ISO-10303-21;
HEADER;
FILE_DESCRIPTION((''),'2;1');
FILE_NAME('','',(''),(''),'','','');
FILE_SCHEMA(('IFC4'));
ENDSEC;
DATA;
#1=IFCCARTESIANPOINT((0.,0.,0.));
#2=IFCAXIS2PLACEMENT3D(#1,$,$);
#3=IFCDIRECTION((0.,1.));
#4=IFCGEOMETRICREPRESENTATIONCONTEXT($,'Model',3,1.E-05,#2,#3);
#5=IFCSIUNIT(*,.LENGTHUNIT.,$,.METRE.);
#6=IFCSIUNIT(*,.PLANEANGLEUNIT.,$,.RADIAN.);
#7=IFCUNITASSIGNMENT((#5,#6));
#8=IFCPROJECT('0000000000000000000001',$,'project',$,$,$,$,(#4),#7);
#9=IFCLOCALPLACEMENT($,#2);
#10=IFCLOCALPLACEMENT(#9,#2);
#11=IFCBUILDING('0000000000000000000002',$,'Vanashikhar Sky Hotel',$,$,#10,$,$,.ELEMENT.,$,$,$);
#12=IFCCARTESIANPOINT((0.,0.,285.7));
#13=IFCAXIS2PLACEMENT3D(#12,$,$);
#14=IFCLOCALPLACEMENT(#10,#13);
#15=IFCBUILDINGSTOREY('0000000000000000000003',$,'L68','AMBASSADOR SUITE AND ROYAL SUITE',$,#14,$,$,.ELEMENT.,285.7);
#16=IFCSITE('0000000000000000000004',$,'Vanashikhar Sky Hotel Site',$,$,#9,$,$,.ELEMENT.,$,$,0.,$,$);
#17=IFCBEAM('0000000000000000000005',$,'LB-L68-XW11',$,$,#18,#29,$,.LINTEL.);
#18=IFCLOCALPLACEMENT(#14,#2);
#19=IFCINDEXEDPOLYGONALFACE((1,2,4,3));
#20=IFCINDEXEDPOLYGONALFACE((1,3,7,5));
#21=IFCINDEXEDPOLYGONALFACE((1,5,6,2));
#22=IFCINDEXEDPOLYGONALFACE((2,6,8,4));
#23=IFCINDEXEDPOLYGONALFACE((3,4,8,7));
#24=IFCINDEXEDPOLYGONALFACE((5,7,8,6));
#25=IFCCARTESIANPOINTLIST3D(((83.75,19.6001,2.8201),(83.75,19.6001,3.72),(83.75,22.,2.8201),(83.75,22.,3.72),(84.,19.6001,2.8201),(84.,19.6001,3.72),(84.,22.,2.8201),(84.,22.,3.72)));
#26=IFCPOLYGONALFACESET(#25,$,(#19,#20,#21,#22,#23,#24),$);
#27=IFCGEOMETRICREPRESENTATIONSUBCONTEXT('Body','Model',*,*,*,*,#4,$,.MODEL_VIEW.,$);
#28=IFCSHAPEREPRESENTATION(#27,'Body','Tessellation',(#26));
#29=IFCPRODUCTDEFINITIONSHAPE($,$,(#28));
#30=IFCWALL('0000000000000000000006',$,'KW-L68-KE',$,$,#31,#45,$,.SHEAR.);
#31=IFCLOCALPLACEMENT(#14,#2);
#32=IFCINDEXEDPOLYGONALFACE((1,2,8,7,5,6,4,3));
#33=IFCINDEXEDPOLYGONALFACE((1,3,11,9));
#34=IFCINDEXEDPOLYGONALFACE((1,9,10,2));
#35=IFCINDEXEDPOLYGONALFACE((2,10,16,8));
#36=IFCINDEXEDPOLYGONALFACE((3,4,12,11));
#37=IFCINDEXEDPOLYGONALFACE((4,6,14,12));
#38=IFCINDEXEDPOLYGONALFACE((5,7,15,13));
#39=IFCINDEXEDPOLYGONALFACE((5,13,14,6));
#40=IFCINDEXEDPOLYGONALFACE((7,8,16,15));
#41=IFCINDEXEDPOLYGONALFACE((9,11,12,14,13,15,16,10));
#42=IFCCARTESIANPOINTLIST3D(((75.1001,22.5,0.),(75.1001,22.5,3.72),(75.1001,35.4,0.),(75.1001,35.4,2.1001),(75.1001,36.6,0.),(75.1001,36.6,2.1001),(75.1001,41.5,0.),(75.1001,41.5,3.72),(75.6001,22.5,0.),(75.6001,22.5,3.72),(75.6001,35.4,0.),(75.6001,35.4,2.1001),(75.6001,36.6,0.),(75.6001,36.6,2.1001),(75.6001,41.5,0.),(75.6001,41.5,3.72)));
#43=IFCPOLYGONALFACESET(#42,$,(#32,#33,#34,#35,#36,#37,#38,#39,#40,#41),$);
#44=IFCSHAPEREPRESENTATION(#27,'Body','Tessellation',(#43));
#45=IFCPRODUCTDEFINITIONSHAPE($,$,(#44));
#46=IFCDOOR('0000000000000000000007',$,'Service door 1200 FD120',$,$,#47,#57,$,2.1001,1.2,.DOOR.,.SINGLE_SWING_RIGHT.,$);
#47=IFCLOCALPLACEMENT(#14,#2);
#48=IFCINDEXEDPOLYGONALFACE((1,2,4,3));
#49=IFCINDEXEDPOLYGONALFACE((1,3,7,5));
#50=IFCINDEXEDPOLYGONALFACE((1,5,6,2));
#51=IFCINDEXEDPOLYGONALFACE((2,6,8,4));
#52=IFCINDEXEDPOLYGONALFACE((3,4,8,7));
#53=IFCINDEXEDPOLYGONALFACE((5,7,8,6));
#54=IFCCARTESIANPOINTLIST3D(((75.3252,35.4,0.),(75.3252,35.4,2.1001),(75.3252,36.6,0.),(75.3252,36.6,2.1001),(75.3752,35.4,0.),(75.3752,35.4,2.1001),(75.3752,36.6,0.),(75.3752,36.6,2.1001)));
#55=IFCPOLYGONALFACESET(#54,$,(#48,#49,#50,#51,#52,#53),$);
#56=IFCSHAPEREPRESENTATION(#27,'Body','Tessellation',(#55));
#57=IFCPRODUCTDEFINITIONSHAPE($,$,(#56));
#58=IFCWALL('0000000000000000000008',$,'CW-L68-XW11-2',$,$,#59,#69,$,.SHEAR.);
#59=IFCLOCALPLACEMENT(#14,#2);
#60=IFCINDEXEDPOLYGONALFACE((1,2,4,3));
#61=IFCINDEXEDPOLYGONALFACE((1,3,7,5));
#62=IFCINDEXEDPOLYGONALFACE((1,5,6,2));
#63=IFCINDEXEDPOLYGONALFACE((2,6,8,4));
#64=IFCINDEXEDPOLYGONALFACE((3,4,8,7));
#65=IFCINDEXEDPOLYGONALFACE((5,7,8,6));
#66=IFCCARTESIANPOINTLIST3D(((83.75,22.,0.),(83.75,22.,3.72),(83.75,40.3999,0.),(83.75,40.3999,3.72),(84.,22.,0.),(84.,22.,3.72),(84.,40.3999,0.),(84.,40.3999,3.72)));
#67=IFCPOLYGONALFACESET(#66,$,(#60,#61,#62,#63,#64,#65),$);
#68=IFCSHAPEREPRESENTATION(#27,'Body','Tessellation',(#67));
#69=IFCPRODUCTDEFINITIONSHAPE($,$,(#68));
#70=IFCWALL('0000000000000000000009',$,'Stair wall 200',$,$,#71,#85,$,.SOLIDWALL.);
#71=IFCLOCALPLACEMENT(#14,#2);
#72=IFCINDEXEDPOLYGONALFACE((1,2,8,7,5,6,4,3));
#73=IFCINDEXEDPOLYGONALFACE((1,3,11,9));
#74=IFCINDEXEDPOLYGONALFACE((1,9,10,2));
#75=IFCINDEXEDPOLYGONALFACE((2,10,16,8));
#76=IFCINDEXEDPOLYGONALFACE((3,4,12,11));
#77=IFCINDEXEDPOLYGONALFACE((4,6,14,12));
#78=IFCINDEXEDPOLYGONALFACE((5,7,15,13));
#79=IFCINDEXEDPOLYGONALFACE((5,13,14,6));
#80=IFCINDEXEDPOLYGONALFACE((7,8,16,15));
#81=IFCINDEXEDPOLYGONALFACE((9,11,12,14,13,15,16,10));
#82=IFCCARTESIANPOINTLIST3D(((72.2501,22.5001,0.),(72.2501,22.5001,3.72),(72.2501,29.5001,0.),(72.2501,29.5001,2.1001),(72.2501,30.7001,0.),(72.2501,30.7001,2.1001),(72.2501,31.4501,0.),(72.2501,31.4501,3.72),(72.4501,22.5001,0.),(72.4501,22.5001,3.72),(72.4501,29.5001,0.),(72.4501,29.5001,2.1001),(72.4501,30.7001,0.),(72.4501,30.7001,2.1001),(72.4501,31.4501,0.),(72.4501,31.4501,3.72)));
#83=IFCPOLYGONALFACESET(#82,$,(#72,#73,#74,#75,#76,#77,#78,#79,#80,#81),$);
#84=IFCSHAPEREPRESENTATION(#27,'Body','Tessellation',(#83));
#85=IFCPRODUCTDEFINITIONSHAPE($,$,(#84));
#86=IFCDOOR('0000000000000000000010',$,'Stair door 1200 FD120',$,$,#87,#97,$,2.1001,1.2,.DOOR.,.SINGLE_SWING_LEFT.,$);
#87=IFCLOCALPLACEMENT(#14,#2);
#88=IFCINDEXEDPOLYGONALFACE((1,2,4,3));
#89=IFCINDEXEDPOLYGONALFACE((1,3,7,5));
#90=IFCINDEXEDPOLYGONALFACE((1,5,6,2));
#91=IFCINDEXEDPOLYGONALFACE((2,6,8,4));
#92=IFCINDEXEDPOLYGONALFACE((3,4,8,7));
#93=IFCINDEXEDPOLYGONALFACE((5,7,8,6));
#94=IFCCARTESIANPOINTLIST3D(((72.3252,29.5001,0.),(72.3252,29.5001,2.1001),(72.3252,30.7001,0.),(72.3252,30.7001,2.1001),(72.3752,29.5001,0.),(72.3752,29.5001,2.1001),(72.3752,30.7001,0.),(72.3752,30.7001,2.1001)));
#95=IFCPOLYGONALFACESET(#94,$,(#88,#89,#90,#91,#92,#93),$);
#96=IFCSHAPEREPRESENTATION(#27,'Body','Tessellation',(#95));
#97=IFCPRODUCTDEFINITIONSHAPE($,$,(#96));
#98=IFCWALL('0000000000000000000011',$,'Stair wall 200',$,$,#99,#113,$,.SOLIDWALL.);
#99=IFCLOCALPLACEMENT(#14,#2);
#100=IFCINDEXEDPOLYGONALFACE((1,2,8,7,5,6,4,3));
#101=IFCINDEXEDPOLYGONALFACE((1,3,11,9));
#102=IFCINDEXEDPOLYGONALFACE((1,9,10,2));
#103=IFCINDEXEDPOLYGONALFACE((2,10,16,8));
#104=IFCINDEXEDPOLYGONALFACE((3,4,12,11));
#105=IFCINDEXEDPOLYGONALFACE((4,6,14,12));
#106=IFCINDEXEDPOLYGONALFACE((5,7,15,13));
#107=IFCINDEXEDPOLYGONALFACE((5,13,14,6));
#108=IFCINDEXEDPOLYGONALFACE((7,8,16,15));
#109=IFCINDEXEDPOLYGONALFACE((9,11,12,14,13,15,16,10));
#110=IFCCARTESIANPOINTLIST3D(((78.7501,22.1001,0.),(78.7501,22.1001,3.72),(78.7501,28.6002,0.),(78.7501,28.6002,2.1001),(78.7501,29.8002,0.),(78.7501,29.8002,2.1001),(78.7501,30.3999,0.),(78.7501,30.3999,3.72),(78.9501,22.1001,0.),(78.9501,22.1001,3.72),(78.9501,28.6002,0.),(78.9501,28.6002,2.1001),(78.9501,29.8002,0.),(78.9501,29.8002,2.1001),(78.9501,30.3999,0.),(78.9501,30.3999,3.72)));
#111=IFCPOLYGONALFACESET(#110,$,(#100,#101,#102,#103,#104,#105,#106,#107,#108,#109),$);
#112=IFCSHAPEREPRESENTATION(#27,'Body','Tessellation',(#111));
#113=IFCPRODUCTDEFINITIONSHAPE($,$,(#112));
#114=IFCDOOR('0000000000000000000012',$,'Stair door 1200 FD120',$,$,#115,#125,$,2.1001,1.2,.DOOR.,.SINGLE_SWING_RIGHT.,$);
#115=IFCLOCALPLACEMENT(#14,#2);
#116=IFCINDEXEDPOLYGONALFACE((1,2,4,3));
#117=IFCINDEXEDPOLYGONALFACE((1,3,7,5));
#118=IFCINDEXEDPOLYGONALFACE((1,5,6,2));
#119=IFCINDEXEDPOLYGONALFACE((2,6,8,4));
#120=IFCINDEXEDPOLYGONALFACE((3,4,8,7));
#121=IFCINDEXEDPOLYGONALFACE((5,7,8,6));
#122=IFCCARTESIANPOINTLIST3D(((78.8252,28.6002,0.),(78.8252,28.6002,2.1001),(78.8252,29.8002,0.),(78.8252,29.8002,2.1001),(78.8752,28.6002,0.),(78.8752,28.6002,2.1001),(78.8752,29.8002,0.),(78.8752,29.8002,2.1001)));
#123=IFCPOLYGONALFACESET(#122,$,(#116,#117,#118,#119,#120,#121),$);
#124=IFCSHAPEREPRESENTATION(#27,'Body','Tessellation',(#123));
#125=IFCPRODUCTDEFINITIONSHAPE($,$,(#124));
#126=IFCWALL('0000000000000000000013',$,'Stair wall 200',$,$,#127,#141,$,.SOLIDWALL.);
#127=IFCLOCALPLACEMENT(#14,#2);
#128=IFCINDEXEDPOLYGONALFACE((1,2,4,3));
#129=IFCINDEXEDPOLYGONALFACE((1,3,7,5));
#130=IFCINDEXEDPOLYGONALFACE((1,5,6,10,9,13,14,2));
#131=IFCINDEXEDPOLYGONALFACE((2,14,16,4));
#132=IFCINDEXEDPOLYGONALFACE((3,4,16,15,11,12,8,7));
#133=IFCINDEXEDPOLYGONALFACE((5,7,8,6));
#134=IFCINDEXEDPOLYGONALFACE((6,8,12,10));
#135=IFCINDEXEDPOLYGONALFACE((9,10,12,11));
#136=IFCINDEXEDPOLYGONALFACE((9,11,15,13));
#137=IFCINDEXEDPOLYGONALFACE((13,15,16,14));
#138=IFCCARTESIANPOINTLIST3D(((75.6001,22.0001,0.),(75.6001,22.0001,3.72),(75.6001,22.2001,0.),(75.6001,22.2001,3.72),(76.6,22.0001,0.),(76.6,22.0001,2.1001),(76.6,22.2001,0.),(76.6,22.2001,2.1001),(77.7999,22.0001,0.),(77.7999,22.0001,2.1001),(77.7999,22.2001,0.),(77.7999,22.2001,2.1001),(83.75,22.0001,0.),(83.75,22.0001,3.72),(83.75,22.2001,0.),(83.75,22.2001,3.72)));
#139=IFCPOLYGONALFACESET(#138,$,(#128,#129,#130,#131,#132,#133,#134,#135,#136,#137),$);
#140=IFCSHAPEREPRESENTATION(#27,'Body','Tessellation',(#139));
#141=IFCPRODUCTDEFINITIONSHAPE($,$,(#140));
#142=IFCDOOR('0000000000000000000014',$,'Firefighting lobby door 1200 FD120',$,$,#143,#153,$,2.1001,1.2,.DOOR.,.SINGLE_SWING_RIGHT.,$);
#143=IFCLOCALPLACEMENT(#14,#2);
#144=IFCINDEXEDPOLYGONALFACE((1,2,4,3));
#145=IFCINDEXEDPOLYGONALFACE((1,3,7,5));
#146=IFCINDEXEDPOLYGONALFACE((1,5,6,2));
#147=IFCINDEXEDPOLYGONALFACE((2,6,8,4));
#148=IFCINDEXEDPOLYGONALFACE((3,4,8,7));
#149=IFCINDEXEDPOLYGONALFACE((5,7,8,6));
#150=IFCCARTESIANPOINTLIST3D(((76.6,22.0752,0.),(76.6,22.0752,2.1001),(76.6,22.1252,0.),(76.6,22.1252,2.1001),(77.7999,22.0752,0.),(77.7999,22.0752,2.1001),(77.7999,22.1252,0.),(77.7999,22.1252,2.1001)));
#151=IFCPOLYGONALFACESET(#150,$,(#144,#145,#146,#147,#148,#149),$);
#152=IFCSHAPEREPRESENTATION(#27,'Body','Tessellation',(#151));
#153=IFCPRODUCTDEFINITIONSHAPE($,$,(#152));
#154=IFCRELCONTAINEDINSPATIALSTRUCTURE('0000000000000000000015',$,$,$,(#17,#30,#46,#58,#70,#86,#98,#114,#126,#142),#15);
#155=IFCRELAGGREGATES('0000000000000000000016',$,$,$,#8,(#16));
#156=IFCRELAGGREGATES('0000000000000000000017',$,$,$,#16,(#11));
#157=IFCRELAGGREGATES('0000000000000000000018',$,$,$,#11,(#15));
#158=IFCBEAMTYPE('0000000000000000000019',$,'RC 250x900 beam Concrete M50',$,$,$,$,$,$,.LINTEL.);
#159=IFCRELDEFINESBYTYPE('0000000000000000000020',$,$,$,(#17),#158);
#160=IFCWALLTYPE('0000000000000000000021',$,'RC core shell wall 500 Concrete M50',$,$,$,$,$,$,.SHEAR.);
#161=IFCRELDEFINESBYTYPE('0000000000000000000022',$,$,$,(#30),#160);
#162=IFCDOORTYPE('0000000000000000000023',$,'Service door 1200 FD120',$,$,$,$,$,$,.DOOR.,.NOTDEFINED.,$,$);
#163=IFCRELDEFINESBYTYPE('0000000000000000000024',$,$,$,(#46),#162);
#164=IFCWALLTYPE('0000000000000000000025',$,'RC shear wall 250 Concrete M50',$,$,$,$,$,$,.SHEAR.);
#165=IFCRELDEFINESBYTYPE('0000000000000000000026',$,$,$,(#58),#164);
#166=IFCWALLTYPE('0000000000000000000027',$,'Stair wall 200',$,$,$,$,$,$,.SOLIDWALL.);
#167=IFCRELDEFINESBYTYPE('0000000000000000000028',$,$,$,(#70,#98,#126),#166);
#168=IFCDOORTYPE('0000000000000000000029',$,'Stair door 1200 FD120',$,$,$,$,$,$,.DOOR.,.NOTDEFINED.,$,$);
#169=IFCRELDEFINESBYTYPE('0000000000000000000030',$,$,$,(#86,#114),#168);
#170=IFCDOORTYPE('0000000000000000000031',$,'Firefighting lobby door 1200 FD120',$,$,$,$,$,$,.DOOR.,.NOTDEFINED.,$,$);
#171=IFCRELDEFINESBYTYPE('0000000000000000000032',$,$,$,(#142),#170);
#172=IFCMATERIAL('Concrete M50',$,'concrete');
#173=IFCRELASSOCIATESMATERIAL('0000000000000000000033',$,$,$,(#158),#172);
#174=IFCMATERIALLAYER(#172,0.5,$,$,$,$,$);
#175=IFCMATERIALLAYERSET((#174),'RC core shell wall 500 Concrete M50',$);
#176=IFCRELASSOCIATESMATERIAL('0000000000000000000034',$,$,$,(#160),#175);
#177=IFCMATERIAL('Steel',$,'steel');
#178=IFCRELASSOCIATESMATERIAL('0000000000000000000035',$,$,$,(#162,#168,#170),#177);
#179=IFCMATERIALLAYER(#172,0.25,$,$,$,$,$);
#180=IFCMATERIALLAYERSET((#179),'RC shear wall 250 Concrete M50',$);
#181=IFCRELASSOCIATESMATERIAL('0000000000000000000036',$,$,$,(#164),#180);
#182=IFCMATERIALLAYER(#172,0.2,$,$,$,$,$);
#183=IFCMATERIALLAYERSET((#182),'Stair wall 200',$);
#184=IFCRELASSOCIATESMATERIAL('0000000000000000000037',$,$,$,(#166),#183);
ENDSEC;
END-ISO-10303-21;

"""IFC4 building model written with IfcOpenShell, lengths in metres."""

from ifc_helpers import new_model, si_unit, direction, frame, frame_2d, origin, origin_2d, place, context, subcontext, project, spatial, rectangle, extrude, source, transform, mapped, material, layer, layer_set, material_profile, profile_set, type_object, element, fill, save


model = new_model("IFC4")

# Units and contexts
model_context = context("Model", 3, precision=1e-05, world=origin(), true_north=direction((0.0, 1.0)))
body_context = subcontext(model_context, "Body", "Model", "MODEL_VIEW")
ifc_project = project(units=[si_unit("LENGTHUNIT", "METRE"), si_unit("PLANEANGLEUNIT", "RADIAN")], contexts=[model_context])

# Site, building, storey
site_placement = place(None, origin())
site = spatial("IfcSite", under=ifc_project, at=site_placement, Name="Vanashikhar Sky Hotel Site", CompositionType="ELEMENT", RefElevation=0.0)
building_placement = place(site_placement, origin())
building = spatial("IfcBuilding", under=site, at=building_placement, Name="Vanashikhar Sky Hotel", CompositionType="ELEMENT")
storey_placement = place(building_placement, frame((0.0, 0.0, 285.7)))
storey = spatial("IfcBuildingStorey", under=building, at=storey_placement, Name="L68", Description="AMBASSADOR SUITE AND ROYAL SUITE", CompositionType="ELEMENT", Elevation=285.7)

# Beam
ifc_material_1 = material(Name="Concrete M50", Category="concrete")
ifc_material_profile = material_profile(ifc_material_1, rectangle(XDim=0.25, YDim=0.8999, at=origin_2d()))
ifc_profile_set = profile_set([ifc_material_profile], Name="RC 250x900 beam Concrete M50")
beam_type = type_object("IfcBeamType", Name="RC 250x900 beam Concrete M50", PredefinedType="LINTEL", material=ifc_profile_set)
shared_shape_1 = source(origin(), body_context, "Body", "SweptSolid", [
    extrude(rectangle(XDim=0.25, YDim=0.8999, at=origin_2d()), origin(), (0.0, 0.0, 1.0), 2.3999),
])
beam_placement = place(storey_placement, frame((83.875, 19.6001, 3.27), z_axis=(0.0, 1.0, 0.0), x_axis=(-1.0, 0.0, 0.0)))
element("IfcBeam", 1, at=beam_placement, inside=storey, type_object=beam_type, Name="LB-L68-XW11", PredefinedType="LINTEL", context=body_context, shape_type="MappedRepresentation", body=[
    mapped(shared_shape_1, transform((0.0, 0.0, 0.0), scale=1.0)),
])

# Wall, opening, door
ifc_layer_1 = layer(ifc_material_1, 0.5)
ifc_layer_set_1 = layer_set([ifc_layer_1], Name="RC core shell wall 500 Concrete M50")
wall_type_1 = type_object("IfcWallType", Name="RC core shell wall 500 Concrete M50", PredefinedType="SHEAR", material=ifc_layer_set_1)
shared_shape_2 = source(origin(), body_context, "Body", "SweptSolid", [
    extrude(rectangle(XDim=19.0, YDim=0.5, at=frame_2d((9.5, 0.0))), origin(), (0.0, 0.0, 1.0), 3.72),
])
wall_1_placement = place(storey_placement, frame((75.3501, 22.5, 0.0), z_axis=(0.0, 0.0, 1.0), x_axis=(0.0, 1.0, 0.0)))
wall_1 = element("IfcWall", 2, at=wall_1_placement, inside=storey, type_object=wall_type_1, Name="KW-L68-KE", PredefinedType="SHEAR", context=body_context, shape_type="MappedRepresentation", body=[
    mapped(shared_shape_2, transform((0.0, 0.0, 0.0), scale=1.0)),
])
shared_shape_3 = source(origin(), body_context, "Body", "SweptSolid", [
    extrude(rectangle(XDim=1.2, YDim=2.1001, at=frame_2d((0.6001, 1.05))), frame((0.0, 0.26, 0.0), z_axis=(0.0, -1.0, 0.0), x_axis=(1.0, 0.0, 0.0)), (0.0, 0.0, 1.0), 0.52),
])
opening_1_placement = place(wall_1_placement, frame((12.8999, 0.0, 0.0)))
opening_1 = element("IfcOpeningElement", 3, at=opening_1_placement, cuts=wall_1, PredefinedType="OPENING", context=body_context, shape_type="MappedRepresentation", body=[
    mapped(shared_shape_3, transform((0.0, 0.0, 0.0), scale=1.0)),
])
ifc_material_2 = material(Name="Steel", Category="steel")
door_type_1 = type_object("IfcDoorType", Name="Service door 1200 FD120", OperationType="NOTDEFINED", PredefinedType="DOOR", material=ifc_material_2)
shared_shape_4 = source(origin(), body_context, "Body", "SweptSolid", [
    extrude(rectangle(XDim=1.2, YDim=2.1001, at=frame_2d((0.6001, 1.05))), frame((0.0, 0.0249, 0.0), z_axis=(0.0, -1.0, 0.0), x_axis=(1.0, 0.0, 0.0)), (0.0, 0.0, 1.0), 0.05),
])
door_1_placement = place(opening_1_placement, origin())
door_1 = element("IfcDoor", 4, at=door_1_placement, inside=storey, type_object=door_type_1, Name="Service door 1200 FD120", OperationType="SINGLE_SWING_RIGHT", OverallHeight=2.1001, OverallWidth=1.2, PredefinedType="DOOR", context=body_context, shape_type="MappedRepresentation", body=[
    mapped(shared_shape_4, transform((0.0, 0.0, 0.0), scale=1.0)),
])
fill(opening_1, door_1)

# Wall
ifc_layer_2 = layer(ifc_material_1, 0.25)
ifc_layer_set_2 = layer_set([ifc_layer_2], Name="RC shear wall 250 Concrete M50")
wall_type_2 = type_object("IfcWallType", Name="RC shear wall 250 Concrete M50", PredefinedType="SHEAR", material=ifc_layer_set_2)
shared_shape_5 = source(origin(), body_context, "Body", "SweptSolid", [
    extrude(rectangle(XDim=18.3999, YDim=0.25, at=frame_2d((9.2, 0.0))), origin(), (0.0, 0.0, 1.0), 3.72),
])
wall_2_placement = place(storey_placement, frame((83.875, 22.0, 0.0), z_axis=(0.0, 0.0, 1.0), x_axis=(0.0, 1.0, 0.0)))
element("IfcWall", 5, at=wall_2_placement, inside=storey, type_object=wall_type_2, Name="CW-L68-XW11-2", PredefinedType="SHEAR", context=body_context, shape_type="MappedRepresentation", body=[
    mapped(shared_shape_5, transform((0.0, 0.0, 0.0), scale=1.0)),
])

# Walls, openings, doors
ifc_layer_3 = layer(ifc_material_1, 0.2)
ifc_layer_set_3 = layer_set([ifc_layer_3], Name="Stair wall 200")
wall_type_3 = type_object("IfcWallType", Name="Stair wall 200", PredefinedType="SOLIDWALL", material=ifc_layer_set_3)
shared_shape_6 = source(origin(), body_context, "Body", "SweptSolid", [
    extrude(rectangle(XDim=8.95, YDim=0.2, at=frame_2d((4.4751, 0.0))), origin(), (0.0, 0.0, 1.0), 3.72),
])
wall_3_placement = place(storey_placement, frame((72.3501, 22.5, 0.0), z_axis=(0.0, 0.0, 1.0), x_axis=(0.0, 1.0, 0.0)))
wall_3 = element("IfcWall", 6, at=wall_3_placement, inside=storey, type_object=wall_type_3, Name="Stair wall 200", PredefinedType="SOLIDWALL", context=body_context, shape_type="MappedRepresentation", body=[
    mapped(shared_shape_6, transform((0.0, 0.0, 0.0), scale=1.0)),
])
shared_shape_7 = source(origin(), body_context, "Body", "SweptSolid", [
    extrude(rectangle(XDim=1.2, YDim=2.1001, at=frame_2d((0.6001, 1.05))), frame((0.0, 0.1099, 0.0), z_axis=(0.0, -1.0, 0.0), x_axis=(1.0, 0.0, 0.0)), (0.0, 0.0, 1.0), 0.22),
])
opening_2_placement = place(wall_3_placement, frame((7.0, 0.0, 0.0)))
opening_2 = element("IfcOpeningElement", 7, at=opening_2_placement, cuts=wall_3, PredefinedType="OPENING", context=body_context, shape_type="MappedRepresentation", body=[
    mapped(shared_shape_7, transform((0.0, 0.0, 0.0), scale=1.0)),
])
door_type_2 = type_object("IfcDoorType", Name="Stair door 1200 FD120", OperationType="NOTDEFINED", PredefinedType="DOOR", material=ifc_material_2)
door_2_placement = place(opening_2_placement, origin())
door_2 = element("IfcDoor", 8, at=door_2_placement, inside=storey, type_object=door_type_2, Name="Stair door 1200 FD120", OperationType="SINGLE_SWING_LEFT", OverallHeight=2.1001, OverallWidth=1.2, PredefinedType="DOOR", context=body_context, shape_type="MappedRepresentation", body=[
    mapped(shared_shape_4, transform((0.0, 0.0, 0.0), scale=1.0)),
])
fill(opening_2, door_2)
shared_shape_8 = source(origin(), body_context, "Body", "SweptSolid", [
    extrude(rectangle(XDim=8.2998, YDim=0.2, at=frame_2d((4.1499, 0.0))), origin(), (0.0, 0.0, 1.0), 3.72),
])
wall_4_placement = place(storey_placement, frame((78.8501, 22.1001, 0.0), z_axis=(0.0, 0.0, 1.0), x_axis=(0.0, 1.0, 0.0)))
wall_4 = element("IfcWall", 9, at=wall_4_placement, inside=storey, type_object=wall_type_3, Name="Stair wall 200", PredefinedType="SOLIDWALL", context=body_context, shape_type="MappedRepresentation", body=[
    mapped(shared_shape_8, transform((0.0, 0.0, 0.0), scale=1.0)),
])
opening_3_placement = place(wall_4_placement, frame((6.5, 0.0, 0.0)))
opening_3 = element("IfcOpeningElement", 10, at=opening_3_placement, cuts=wall_4, PredefinedType="OPENING", context=body_context, shape_type="MappedRepresentation", body=[
    mapped(shared_shape_7, transform((0.0, 0.0, 0.0), scale=1.0)),
])
door_3_placement = place(opening_3_placement, origin())
door_3 = element("IfcDoor", 11, at=door_3_placement, inside=storey, type_object=door_type_2, Name="Stair door 1200 FD120", OperationType="SINGLE_SWING_RIGHT", OverallHeight=2.1001, OverallWidth=1.2, PredefinedType="DOOR", context=body_context, shape_type="MappedRepresentation", body=[
    mapped(shared_shape_4, transform((0.0, 0.0, 0.0), scale=1.0)),
])
fill(opening_3, door_3)
shared_shape_9 = source(origin(), body_context, "Body", "SweptSolid", [
    extrude(rectangle(XDim=8.1499, YDim=0.2, at=frame_2d((4.075, 0.0))), origin(), (0.0, 0.0, 1.0), 3.72),
])
wall_5_placement = place(storey_placement, frame((83.75, 22.1001, 0.0), z_axis=(0.0, 0.0, 1.0), x_axis=(-1.0, 0.0, 0.0)))
wall_5 = element("IfcWall", 12, at=wall_5_placement, inside=storey, type_object=wall_type_3, Name="Stair wall 200", PredefinedType="SOLIDWALL", context=body_context, shape_type="MappedRepresentation", body=[
    mapped(shared_shape_9, transform((0.0, 0.0, 0.0), scale=1.0)),
])
opening_4_placement = place(wall_5_placement, frame((5.95, 0.0, 0.0)))
opening_4 = element("IfcOpeningElement", 13, at=opening_4_placement, cuts=wall_5, PredefinedType="OPENING", context=body_context, shape_type="MappedRepresentation", body=[
    mapped(shared_shape_7, transform((0.0, 0.0, 0.0), scale=1.0)),
])
door_type_3 = type_object("IfcDoorType", Name="Firefighting lobby door 1200 FD120", OperationType="NOTDEFINED", PredefinedType="DOOR", material=ifc_material_2)
door_4_placement = place(opening_4_placement, origin())
door_4 = element("IfcDoor", 14, at=door_4_placement, inside=storey, type_object=door_type_3, Name="Firefighting lobby door 1200 FD120", OperationType="SINGLE_SWING_RIGHT", OverallHeight=2.1001, OverallWidth=1.2, PredefinedType="DOOR", context=body_context, shape_type="MappedRepresentation", body=[
    mapped(shared_shape_4, transform((0.0, 0.0, 0.0), scale=1.0)),
])
fill(opening_4, door_4)

save(model, "model.ifc")
